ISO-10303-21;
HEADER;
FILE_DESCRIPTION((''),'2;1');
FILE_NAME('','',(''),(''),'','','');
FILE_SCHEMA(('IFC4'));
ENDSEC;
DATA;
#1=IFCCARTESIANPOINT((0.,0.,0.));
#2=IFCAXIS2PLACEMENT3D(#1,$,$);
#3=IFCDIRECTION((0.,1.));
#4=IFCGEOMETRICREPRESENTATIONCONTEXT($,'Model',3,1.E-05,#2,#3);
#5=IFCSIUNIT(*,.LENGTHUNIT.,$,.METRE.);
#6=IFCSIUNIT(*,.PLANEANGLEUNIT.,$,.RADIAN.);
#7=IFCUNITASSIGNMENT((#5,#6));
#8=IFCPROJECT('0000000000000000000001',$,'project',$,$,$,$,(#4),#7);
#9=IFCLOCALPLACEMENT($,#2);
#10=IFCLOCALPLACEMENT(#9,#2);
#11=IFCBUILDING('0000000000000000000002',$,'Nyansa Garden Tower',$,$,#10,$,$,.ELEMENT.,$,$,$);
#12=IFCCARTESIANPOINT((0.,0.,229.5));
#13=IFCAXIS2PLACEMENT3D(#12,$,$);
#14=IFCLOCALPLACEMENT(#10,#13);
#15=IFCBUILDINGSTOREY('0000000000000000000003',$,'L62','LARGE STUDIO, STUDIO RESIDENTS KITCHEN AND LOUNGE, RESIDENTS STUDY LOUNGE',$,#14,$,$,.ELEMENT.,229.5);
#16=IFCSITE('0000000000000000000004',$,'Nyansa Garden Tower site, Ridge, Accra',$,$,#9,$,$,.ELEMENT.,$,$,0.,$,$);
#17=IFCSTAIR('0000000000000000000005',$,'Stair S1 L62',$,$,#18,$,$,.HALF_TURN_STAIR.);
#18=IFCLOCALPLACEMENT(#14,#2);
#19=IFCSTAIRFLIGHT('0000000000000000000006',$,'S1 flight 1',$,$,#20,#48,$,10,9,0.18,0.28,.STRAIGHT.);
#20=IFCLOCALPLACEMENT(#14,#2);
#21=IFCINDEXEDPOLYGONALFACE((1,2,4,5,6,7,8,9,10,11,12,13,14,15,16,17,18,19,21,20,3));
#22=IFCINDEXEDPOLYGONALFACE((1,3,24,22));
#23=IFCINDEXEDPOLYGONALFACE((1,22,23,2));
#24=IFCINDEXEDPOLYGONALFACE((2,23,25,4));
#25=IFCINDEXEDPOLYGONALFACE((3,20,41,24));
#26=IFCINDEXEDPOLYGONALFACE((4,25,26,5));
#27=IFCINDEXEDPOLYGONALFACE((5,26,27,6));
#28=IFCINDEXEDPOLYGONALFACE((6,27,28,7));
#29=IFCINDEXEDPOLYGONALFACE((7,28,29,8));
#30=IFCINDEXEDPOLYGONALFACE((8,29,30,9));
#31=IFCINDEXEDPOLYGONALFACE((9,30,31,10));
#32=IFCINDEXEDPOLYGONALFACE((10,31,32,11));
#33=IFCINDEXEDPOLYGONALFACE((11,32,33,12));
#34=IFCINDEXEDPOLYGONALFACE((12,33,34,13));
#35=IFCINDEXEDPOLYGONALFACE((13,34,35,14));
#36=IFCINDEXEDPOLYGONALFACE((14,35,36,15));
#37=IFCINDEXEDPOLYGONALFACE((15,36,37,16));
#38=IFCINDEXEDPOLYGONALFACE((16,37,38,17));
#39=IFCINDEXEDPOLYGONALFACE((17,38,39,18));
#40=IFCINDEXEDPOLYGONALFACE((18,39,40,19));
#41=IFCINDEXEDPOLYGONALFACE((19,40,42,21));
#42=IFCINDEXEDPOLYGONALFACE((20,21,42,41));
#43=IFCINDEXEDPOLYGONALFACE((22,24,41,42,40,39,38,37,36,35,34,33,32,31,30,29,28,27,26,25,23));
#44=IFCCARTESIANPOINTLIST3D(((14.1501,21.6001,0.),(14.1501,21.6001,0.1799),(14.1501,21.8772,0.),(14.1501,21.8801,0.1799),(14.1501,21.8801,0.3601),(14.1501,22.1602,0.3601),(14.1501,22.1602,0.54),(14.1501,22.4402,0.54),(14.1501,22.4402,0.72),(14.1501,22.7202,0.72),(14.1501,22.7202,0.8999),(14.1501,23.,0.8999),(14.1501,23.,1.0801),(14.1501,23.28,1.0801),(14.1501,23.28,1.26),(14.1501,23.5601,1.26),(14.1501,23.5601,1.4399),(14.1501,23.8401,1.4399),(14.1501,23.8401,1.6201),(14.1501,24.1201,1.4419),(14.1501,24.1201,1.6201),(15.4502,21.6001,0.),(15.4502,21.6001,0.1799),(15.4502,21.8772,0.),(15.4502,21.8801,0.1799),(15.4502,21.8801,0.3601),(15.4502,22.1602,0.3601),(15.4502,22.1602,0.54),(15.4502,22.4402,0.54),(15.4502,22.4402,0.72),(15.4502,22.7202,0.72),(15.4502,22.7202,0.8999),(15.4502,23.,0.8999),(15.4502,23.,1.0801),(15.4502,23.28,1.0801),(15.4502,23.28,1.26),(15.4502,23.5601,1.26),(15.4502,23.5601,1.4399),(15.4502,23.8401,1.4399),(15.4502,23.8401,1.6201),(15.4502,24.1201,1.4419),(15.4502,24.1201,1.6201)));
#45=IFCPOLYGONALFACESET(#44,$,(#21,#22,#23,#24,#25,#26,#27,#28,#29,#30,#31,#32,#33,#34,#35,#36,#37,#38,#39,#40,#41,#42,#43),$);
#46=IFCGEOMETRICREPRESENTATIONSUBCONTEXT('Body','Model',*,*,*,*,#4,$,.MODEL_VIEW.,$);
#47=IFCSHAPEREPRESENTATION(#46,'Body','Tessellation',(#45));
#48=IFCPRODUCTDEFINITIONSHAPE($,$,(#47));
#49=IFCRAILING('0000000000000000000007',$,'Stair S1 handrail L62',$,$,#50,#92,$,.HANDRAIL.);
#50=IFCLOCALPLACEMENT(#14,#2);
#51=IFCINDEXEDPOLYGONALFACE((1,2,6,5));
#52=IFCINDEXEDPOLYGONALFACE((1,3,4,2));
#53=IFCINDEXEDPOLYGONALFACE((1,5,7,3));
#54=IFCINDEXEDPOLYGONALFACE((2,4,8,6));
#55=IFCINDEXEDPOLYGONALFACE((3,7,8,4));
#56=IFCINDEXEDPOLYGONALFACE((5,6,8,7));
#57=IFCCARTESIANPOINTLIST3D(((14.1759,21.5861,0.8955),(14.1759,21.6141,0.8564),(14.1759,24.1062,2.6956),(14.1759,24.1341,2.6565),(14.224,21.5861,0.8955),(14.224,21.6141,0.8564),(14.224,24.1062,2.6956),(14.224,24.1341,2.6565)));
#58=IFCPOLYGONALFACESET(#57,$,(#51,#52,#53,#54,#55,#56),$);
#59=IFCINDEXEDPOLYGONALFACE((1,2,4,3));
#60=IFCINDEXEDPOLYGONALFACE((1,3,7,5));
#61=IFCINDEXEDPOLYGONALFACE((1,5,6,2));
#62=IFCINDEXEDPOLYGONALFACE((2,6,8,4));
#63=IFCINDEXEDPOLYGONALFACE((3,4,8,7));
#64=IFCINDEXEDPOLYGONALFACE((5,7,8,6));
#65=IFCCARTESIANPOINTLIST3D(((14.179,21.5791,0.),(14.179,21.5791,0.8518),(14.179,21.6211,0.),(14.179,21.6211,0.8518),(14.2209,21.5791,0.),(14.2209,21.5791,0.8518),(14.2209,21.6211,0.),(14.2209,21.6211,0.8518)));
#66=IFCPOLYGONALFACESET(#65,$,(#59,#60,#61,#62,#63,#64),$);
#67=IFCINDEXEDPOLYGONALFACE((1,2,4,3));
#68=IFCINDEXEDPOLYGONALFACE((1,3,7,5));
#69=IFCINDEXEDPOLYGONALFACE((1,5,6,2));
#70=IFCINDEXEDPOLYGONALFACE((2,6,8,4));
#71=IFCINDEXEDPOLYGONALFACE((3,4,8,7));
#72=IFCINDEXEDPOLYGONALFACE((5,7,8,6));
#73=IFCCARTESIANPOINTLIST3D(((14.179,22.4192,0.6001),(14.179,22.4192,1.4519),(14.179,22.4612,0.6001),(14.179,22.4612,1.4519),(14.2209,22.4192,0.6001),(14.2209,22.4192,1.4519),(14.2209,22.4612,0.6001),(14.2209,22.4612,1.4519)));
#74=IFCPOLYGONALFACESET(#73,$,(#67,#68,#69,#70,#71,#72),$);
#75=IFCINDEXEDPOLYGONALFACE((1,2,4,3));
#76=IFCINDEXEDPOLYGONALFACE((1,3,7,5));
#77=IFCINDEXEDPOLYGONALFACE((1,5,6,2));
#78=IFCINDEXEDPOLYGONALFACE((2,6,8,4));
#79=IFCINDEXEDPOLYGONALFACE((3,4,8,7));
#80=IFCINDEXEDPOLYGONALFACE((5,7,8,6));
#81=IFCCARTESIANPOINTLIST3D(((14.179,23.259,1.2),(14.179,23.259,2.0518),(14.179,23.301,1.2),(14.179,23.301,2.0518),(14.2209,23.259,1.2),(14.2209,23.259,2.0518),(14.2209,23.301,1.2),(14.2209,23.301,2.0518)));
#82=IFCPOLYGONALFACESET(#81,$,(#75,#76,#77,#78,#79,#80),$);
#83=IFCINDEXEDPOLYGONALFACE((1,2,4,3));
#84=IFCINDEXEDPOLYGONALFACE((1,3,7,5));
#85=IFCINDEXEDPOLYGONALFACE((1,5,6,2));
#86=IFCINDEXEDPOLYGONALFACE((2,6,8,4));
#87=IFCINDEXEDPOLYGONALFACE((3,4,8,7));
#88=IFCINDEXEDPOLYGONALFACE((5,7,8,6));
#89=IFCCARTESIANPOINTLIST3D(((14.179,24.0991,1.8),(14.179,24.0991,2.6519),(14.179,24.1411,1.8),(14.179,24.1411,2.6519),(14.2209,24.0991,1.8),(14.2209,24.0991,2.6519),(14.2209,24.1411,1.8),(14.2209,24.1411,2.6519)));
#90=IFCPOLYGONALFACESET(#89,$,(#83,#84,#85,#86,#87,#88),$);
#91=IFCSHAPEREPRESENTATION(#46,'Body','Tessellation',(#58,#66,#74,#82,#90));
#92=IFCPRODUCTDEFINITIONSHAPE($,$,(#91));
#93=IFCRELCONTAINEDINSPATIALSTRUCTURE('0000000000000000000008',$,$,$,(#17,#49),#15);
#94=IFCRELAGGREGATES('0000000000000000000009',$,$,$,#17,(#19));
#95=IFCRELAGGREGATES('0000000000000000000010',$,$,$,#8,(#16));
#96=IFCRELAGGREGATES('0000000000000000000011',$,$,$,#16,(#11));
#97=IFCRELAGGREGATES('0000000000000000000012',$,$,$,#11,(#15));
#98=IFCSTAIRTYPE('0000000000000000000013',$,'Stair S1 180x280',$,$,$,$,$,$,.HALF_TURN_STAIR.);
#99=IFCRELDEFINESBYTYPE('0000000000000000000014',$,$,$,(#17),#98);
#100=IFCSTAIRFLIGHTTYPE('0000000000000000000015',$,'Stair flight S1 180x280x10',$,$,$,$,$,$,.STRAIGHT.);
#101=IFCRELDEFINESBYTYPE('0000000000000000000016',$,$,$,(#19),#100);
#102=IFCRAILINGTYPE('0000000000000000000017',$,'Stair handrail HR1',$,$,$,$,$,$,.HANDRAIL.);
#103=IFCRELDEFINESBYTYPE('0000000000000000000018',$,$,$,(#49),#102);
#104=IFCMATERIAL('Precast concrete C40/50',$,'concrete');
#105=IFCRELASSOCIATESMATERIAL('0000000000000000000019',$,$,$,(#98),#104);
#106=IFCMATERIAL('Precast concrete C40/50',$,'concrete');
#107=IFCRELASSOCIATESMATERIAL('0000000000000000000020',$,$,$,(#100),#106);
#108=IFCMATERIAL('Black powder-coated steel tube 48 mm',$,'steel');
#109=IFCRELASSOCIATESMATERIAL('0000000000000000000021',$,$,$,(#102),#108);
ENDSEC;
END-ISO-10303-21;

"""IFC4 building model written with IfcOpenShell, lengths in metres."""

from ifc_helpers import new_model, si_unit, direction, frame, origin, origin_2d, place, context, subcontext, project, spatial, polyline, rectangle, outline, extrude, material, type_object, element, aggregate, save


model = new_model("IFC4")

# Units and contexts
model_context = context("Model", 3, precision=1e-05, world=origin(), true_north=direction((0.0, 1.0)))
body_context = subcontext(model_context, "Body", "Model", "MODEL_VIEW")
ifc_project = project(units=[si_unit("LENGTHUNIT", "METRE"), si_unit("PLANEANGLEUNIT", "RADIAN")], contexts=[model_context])

# Site, building, storey
site_placement = place(None, origin())
site = spatial("IfcSite", under=ifc_project, at=site_placement, Name="Nyansa Garden Tower site, Ridge, Accra", CompositionType="ELEMENT", RefElevation=0.0)
building_placement = place(site_placement, origin())
building = spatial("IfcBuilding", under=site, at=building_placement, Name="Nyansa Garden Tower", CompositionType="ELEMENT")
storey_placement = place(building_placement, frame((0.0, 0.0, 229.5)))
storey = spatial("IfcBuildingStorey", under=building, at=storey_placement, Name="L62", Description="LARGE STUDIO, STUDIO RESIDENTS KITCHEN AND LOUNGE, RESIDENTS STUDY LOUNGE", CompositionType="ELEMENT", Elevation=229.5)

# Stair, stair flight
ifc_material_1 = material(Name="Precast concrete C40/50", Category="concrete")
stair_type = type_object("IfcStairType", Name="Stair S1 180x280", PredefinedType="HALF_TURN_STAIR", material=ifc_material_1)
stair_placement = place(storey_placement, origin())
stair = element("IfcStair", 1, at=stair_placement, inside=storey, type_object=stair_type, Name="Stair S1 L62", PredefinedType="HALF_TURN_STAIR")
ifc_material_2 = material(Name="Precast concrete C40/50", Category="concrete")
stair_flight_type = type_object("IfcStairFlightType", Name="Stair flight S1 180x280x10", PredefinedType="STRAIGHT", material=ifc_material_2)
stair_flight_placement = place(storey_placement, frame((14.8, 21.6001, 0.0), z_axis=(0.0, 0.0, 1.0), x_axis=(0.0, 1.0, 0.0)))
stair_flight = element("IfcStairFlight", 2, at=stair_flight_placement, type_object=stair_flight_type, Name="S1 flight 1", NumberOfRisers=10, NumberOfTreads=9, PredefinedType="STRAIGHT", RiserHeight=0.18, TreadLength=0.28, context=body_context, shape_type="SweptSolid", body=[
    extrude(outline(polyline([(0.0, 0.0), (0.0, 0.1799), (0.28, 0.1799), (0.28, 0.3601), (0.5601, 0.3601), (0.5601, 0.54), (0.8401, 0.54), (0.8401, 0.72), (1.1201, 0.72), (1.1201, 0.8999), (1.3999, 0.8999), (1.3999, 1.0801), (1.6799, 1.0801), (1.6799, 1.26), (1.96, 1.26), (1.96, 1.4399), (2.24, 1.4399), (2.24, 1.6201), (2.52, 1.6201), (2.52, 1.8), (2.52, 1.4419), (0.2771, 0.0), (0.0, 0.0)])), frame((0.0, 0.6499, 0.0), z_axis=(0.0, -1.0, 0.0), x_axis=(1.0, 0.0, 0.0)), (0.0, 0.0, 1.0), 1.3),
])
aggregate(stair, [stair_flight])

# Railing
ifc_material_3 = material(Name="Black powder-coated steel tube 48 mm", Category="steel")
railing_type = type_object("IfcRailingType", Name="Stair handrail HR1", PredefinedType="HANDRAIL", material=ifc_material_3)
railing_placement = place(storey_placement, frame((14.2, 21.6001, 0.0)))
element("IfcRailing", 3, at=railing_placement, inside=storey, type_object=railing_type, Name="Stair S1 handrail L62", PredefinedType="HANDRAIL", context=body_context, shape_type="SweptSolid", body=[
    extrude(rectangle(XDim=0.0481, YDim=0.0481, at=origin_2d()), frame((0.0, 0.0, 0.876), z_axis=(0.0, 0.813728, 0.581246), x_axis=(-1.0, 0.0, 0.0)), (0.0, 0.0, 1.0), 3.0969),
    extrude(rectangle(XDim=0.042, YDim=0.042, at=origin_2d()), origin(), (0.0, 0.0, 1.0), 0.8518),
    extrude(rectangle(XDim=0.042, YDim=0.042, at=origin_2d()), frame((0.0, 0.8401, 0.6001)), (0.0, 0.0, 1.0), 0.8518),
    extrude(rectangle(XDim=0.042, YDim=0.042, at=origin_2d()), frame((0.0, 1.6799, 1.2)), (0.0, 0.0, 1.0), 0.8518),
    extrude(rectangle(XDim=0.042, YDim=0.042, at=origin_2d()), frame((0.0, 2.52, 1.8)), (0.0, 0.0, 1.0), 0.8518),
])

save(model, "model.ifc")
